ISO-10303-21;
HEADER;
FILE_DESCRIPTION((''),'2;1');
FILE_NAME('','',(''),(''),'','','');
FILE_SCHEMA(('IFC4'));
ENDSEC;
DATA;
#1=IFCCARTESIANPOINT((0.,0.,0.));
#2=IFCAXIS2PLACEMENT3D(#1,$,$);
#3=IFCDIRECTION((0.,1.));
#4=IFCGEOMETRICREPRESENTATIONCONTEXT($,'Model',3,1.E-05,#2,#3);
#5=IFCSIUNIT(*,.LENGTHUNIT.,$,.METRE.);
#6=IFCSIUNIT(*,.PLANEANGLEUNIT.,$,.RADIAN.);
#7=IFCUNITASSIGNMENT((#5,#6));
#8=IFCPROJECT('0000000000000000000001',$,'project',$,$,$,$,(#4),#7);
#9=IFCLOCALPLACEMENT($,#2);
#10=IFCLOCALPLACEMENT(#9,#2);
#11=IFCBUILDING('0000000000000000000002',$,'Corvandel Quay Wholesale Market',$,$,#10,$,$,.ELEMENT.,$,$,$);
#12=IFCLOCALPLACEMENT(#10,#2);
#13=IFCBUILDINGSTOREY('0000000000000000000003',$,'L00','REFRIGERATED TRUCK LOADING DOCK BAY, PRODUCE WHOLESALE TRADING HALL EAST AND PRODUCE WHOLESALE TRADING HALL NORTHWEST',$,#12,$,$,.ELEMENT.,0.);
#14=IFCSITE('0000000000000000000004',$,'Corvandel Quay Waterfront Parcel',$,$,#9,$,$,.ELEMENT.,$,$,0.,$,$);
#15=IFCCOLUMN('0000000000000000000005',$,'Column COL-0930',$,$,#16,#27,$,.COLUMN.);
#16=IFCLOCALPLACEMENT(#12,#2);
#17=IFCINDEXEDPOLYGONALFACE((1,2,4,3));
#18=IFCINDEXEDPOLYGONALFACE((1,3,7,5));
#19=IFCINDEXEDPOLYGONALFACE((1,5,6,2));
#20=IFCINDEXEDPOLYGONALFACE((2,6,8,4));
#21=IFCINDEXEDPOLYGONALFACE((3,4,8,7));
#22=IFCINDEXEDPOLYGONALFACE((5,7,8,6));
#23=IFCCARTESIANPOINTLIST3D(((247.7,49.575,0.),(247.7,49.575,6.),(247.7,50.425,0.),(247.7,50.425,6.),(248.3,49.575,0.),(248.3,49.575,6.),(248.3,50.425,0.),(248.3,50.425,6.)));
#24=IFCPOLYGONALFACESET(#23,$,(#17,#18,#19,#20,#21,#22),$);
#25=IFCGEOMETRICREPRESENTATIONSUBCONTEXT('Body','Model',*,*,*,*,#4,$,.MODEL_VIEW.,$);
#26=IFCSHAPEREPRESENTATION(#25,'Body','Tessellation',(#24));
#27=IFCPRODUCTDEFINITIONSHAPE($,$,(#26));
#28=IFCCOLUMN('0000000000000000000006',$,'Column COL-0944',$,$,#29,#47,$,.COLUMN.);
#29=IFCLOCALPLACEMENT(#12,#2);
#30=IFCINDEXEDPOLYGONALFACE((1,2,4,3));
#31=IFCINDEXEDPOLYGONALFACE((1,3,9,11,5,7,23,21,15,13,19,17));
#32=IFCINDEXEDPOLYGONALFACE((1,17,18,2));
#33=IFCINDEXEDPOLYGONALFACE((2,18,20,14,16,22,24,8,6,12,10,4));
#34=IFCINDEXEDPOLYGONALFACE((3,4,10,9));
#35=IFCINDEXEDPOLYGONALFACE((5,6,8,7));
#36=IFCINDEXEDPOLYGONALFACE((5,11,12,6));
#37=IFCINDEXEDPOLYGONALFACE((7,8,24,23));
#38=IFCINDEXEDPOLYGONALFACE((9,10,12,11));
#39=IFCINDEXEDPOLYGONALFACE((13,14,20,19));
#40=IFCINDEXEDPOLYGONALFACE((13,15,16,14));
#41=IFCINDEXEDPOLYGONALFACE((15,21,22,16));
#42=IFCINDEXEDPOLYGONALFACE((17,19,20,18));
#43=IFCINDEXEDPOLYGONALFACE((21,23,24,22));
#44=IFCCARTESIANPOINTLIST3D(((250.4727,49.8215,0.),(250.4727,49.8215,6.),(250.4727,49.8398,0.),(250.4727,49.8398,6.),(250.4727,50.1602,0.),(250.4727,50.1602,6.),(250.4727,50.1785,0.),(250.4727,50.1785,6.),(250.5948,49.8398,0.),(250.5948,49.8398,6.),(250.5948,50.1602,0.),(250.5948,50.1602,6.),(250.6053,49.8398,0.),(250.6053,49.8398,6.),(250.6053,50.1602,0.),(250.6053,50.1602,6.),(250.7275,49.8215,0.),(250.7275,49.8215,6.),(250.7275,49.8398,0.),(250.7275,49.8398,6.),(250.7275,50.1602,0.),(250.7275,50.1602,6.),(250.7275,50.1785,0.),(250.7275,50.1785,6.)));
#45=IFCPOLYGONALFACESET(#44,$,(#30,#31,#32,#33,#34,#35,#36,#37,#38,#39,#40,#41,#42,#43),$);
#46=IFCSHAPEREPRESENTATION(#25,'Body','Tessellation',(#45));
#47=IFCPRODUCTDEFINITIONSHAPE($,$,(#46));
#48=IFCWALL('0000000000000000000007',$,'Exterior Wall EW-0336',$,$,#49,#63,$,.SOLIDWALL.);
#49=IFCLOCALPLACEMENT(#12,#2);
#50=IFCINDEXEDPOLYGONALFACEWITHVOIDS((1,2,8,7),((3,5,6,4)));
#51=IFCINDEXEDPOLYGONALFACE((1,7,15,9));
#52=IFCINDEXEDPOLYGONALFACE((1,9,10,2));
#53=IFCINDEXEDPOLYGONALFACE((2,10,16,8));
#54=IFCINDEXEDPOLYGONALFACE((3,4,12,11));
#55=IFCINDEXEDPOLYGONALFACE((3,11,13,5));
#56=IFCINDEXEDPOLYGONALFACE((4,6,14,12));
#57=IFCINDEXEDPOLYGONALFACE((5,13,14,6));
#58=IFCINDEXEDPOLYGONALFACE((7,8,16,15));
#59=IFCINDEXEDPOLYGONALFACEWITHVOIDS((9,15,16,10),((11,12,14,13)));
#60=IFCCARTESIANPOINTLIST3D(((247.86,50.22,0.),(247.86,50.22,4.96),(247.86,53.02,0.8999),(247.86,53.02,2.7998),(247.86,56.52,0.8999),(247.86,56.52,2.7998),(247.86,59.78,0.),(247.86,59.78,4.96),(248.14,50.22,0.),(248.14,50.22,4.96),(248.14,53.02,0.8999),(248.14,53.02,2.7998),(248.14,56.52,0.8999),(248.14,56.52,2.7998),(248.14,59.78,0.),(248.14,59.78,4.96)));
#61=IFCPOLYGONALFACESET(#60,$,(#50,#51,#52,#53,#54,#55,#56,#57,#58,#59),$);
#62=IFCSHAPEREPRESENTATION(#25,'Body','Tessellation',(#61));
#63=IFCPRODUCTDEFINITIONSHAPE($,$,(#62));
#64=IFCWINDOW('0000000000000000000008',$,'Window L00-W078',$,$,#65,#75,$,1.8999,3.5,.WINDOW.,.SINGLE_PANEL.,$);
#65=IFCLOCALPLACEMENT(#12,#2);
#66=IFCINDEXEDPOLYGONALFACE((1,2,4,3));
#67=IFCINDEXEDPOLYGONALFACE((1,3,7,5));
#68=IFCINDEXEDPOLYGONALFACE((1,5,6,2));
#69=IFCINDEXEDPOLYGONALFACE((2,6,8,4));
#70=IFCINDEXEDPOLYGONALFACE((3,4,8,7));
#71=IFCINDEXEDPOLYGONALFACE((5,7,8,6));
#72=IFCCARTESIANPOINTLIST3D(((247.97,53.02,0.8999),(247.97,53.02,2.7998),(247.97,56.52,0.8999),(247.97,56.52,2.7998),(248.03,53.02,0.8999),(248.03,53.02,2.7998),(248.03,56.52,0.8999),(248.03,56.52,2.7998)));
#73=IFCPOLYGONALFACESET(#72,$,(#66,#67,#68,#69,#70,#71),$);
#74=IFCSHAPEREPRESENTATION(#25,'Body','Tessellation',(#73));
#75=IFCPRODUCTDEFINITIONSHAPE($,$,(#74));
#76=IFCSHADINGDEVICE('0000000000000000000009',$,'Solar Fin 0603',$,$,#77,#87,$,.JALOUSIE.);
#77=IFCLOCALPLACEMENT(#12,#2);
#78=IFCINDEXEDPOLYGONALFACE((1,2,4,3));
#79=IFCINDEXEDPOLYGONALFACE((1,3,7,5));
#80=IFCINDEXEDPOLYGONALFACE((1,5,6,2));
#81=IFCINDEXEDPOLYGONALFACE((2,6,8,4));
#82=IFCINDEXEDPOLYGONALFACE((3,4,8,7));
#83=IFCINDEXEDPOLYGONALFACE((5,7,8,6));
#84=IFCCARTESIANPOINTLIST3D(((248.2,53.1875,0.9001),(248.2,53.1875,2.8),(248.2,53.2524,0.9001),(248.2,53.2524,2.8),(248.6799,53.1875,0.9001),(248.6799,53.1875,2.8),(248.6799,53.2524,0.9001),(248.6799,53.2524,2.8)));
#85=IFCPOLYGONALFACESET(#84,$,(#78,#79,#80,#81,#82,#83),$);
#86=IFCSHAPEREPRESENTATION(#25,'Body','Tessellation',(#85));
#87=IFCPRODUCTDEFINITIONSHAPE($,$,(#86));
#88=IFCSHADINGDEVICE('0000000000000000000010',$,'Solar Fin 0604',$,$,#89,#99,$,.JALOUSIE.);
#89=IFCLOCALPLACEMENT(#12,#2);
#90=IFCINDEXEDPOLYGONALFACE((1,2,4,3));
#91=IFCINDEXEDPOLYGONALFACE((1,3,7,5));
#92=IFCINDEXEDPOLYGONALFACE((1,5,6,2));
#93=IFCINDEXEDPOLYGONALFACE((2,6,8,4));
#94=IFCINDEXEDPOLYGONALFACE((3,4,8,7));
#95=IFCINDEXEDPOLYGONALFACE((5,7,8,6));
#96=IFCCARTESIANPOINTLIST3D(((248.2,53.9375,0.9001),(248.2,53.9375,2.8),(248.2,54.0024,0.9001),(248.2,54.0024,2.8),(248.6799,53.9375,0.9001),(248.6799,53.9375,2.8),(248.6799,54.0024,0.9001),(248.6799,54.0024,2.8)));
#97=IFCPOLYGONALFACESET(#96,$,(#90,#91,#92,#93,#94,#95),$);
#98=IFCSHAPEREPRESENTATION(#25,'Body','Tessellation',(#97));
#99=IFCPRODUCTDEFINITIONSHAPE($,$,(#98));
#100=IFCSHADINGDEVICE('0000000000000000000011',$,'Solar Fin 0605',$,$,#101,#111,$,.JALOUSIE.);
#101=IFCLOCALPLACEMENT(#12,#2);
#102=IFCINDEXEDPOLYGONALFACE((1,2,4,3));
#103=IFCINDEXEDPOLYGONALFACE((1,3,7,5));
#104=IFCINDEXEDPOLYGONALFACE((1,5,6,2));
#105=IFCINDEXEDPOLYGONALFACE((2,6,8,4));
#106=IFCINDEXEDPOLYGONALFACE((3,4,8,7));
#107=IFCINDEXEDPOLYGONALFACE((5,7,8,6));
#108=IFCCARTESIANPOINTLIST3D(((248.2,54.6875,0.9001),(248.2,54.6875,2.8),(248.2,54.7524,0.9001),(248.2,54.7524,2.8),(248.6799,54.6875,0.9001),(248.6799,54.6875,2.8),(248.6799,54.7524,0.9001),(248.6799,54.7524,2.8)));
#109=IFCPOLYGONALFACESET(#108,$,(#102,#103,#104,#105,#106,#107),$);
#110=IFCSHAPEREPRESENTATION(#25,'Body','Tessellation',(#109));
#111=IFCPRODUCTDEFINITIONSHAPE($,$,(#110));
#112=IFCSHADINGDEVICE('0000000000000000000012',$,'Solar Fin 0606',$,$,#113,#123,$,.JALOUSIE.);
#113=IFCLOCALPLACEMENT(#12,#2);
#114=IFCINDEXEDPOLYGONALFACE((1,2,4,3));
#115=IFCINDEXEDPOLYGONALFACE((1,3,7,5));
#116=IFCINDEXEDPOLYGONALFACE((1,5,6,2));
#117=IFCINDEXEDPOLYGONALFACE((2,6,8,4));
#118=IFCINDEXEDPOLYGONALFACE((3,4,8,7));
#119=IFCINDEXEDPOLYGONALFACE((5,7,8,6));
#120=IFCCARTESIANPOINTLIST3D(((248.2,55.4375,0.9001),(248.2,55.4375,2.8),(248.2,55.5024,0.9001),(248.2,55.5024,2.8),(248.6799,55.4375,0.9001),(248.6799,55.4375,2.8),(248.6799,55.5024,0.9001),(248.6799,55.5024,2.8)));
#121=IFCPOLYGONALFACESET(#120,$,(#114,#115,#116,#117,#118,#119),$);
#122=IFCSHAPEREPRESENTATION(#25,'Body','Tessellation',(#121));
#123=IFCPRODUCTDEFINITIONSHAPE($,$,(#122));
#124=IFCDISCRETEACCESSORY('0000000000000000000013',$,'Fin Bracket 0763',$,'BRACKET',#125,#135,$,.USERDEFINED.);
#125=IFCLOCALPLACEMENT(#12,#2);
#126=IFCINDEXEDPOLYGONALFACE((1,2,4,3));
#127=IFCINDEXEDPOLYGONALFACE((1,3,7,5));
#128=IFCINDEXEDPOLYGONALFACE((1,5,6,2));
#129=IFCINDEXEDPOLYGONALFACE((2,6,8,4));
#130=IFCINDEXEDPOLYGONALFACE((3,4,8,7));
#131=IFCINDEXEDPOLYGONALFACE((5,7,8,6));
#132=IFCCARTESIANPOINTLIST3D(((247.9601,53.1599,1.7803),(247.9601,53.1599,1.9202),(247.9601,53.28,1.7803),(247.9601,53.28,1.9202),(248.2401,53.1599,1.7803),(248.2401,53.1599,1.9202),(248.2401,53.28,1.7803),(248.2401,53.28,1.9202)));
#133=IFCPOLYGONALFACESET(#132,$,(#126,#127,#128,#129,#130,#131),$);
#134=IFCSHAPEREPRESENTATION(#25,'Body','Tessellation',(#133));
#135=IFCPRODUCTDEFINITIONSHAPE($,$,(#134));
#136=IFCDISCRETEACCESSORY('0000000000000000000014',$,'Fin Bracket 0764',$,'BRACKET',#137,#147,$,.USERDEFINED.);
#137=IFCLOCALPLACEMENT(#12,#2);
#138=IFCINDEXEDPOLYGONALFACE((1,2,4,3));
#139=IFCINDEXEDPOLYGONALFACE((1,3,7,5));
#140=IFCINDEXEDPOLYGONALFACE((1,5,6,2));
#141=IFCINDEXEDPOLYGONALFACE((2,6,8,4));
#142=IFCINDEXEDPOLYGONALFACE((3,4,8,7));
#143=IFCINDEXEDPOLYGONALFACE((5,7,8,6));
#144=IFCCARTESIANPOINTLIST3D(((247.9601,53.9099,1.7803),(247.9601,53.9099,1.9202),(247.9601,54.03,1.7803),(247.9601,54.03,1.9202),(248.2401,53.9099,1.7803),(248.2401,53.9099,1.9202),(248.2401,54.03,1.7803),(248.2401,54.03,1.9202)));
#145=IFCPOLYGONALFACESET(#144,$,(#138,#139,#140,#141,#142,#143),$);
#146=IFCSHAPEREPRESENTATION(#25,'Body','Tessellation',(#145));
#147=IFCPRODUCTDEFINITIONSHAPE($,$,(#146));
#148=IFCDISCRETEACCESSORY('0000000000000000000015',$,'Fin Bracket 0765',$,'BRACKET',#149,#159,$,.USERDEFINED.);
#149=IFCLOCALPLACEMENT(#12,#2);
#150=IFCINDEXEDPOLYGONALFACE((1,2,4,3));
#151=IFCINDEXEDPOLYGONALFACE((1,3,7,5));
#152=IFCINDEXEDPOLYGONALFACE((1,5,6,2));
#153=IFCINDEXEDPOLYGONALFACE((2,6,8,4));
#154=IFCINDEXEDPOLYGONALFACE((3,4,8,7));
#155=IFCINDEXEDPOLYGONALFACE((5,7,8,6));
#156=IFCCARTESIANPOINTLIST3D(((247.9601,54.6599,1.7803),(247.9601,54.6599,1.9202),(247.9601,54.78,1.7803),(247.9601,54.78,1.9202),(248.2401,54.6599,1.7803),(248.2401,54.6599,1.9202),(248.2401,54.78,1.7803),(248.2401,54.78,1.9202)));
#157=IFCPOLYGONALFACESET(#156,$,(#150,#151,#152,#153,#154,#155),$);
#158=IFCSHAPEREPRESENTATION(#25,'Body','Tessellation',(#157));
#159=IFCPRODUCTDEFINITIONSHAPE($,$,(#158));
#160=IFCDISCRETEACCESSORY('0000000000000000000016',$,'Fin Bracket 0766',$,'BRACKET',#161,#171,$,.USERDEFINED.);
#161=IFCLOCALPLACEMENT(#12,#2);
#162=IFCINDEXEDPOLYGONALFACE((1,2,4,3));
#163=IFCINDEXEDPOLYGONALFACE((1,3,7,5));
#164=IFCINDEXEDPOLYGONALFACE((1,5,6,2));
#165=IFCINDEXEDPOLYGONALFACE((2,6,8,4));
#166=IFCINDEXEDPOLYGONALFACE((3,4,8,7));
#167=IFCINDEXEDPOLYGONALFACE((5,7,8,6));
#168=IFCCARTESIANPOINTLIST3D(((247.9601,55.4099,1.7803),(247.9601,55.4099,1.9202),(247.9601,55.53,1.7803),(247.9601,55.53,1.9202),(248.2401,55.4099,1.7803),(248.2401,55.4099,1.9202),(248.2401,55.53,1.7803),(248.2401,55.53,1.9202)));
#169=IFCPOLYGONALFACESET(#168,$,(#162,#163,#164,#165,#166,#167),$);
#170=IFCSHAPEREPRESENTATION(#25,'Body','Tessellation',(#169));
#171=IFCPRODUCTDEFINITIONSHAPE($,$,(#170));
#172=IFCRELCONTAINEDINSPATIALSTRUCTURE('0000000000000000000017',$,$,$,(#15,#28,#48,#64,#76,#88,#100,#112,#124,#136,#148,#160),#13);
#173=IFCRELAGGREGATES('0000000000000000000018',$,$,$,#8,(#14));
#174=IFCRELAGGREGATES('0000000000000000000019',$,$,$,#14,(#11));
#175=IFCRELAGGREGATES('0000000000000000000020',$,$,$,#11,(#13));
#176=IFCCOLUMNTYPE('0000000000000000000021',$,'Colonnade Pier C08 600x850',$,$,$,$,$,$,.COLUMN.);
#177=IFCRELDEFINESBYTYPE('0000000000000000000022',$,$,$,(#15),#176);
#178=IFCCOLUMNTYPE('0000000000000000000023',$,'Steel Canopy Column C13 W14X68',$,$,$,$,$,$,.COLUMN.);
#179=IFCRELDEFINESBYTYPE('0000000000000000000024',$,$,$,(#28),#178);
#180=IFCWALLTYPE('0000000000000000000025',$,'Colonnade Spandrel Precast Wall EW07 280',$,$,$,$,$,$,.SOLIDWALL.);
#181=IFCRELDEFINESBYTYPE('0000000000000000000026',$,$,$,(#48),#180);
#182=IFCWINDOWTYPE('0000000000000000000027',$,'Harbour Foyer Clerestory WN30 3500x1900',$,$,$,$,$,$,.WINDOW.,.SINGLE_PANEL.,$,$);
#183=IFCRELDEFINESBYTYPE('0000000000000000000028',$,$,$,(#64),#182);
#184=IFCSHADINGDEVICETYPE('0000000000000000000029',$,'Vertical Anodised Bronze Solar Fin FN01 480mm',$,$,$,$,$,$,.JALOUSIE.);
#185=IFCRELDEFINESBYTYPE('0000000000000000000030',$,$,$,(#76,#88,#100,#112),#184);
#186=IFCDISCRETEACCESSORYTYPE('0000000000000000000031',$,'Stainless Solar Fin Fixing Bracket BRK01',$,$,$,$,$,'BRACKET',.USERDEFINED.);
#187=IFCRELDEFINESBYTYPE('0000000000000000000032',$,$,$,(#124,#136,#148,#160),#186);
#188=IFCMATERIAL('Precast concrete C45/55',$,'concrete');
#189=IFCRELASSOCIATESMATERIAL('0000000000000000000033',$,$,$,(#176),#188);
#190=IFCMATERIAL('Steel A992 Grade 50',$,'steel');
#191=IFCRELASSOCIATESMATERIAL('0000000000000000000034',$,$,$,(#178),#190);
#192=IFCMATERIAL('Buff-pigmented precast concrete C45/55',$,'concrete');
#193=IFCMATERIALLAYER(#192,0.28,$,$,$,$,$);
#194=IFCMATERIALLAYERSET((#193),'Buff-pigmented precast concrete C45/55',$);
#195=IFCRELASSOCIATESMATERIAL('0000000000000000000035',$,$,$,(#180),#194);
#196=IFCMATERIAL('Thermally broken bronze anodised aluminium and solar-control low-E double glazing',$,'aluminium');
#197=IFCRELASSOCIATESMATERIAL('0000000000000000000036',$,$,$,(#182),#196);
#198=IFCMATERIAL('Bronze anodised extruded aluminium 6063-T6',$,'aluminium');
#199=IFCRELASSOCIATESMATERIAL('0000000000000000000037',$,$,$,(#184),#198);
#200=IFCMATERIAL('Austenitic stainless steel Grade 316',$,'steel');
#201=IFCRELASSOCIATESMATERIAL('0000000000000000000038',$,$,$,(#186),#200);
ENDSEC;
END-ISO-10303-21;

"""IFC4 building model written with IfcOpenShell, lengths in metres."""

from ifc_helpers import new_model, si_unit, direction, frame, frame_2d, origin, origin_2d, place, context, subcontext, project, spatial, rectangle, i_section, extrude, material, layer, layer_set, material_profile, profile_set, type_object, element, fill, save


model = new_model("IFC4")

# Units and contexts
model_context = context("Model", 3, precision=1e-05, world=origin(), true_north=direction((0.0, 1.0)))
body_context = subcontext(model_context, "Body", "Model", "MODEL_VIEW")
ifc_project = project(units=[si_unit("LENGTHUNIT", "METRE"), si_unit("PLANEANGLEUNIT", "RADIAN")], contexts=[model_context])

# Site, building, storey
site_placement = place(None, origin())
site = spatial("IfcSite", under=ifc_project, at=site_placement, Name="Corvandel Quay Waterfront Parcel", CompositionType="ELEMENT", RefElevation=0.0)
building_placement = place(site_placement, origin())
building = spatial("IfcBuilding", under=site, at=building_placement, Name="Corvandel Quay Wholesale Market", CompositionType="ELEMENT")
storey_placement = place(building_placement, origin())
storey = spatial("IfcBuildingStorey", under=building, at=storey_placement, Name="L00", Description="REFRIGERATED TRUCK LOADING DOCK BAY, PRODUCE WHOLESALE TRADING HALL EAST AND PRODUCE WHOLESALE TRADING HALL NORTHWEST", CompositionType="ELEMENT", Elevation=0.0)

# Columns
ifc_material_1 = material(Name="Precast concrete C45/55", Category="concrete")
ifc_material_profile_1 = material_profile(ifc_material_1, rectangle(XDim=0.6001, YDim=0.8501, at=origin_2d()), Name="PC-COL-600x850")
ifc_profile_set_1 = profile_set([ifc_material_profile_1], Name="Precast concrete C45/55")
column_type_1 = type_object("IfcColumnType", Name="Colonnade Pier C08 600x850", PredefinedType="COLUMN", material=ifc_profile_set_1)
column_1_placement = place(storey_placement, frame((248.0, 50.0, 0.0), z_axis=(0.0, 0.0, 1.0), x_axis=(1.0, 0.0, 0.0)))
element("IfcColumn", 1, at=column_1_placement, inside=storey, type_object=column_type_1, Name="Column COL-0930", PredefinedType="COLUMN", context=body_context, shape_type="SweptSolid", body=[
    extrude(rectangle(XDim=0.6001, YDim=0.8501, at=origin_2d()), origin(), (0.0, 0.0, 1.0), 6.0),
])
ifc_material_2 = material(Name="Steel A992 Grade 50", Category="steel")
ifc_material_profile_2 = material_profile(ifc_material_2, i_section(OverallWidth=0.2549, OverallDepth=0.3569, WebThickness=0.0105, FlangeThickness=0.0183, at=origin_2d()), Name="W14X68")
ifc_profile_set_2 = profile_set([ifc_material_profile_2], Name="Steel A992 Grade 50")
column_type_2 = type_object("IfcColumnType", Name="Steel Canopy Column C13 W14X68", PredefinedType="COLUMN", material=ifc_profile_set_2)
column_2_placement = place(storey_placement, frame((250.6001, 50.0, 0.0), z_axis=(0.0, 0.0, 1.0), x_axis=(1.0, 0.0, 0.0)))
element("IfcColumn", 2, at=column_2_placement, inside=storey, type_object=column_type_2, Name="Column COL-0944", PredefinedType="COLUMN", context=body_context, shape_type="SweptSolid", body=[
    extrude(i_section(OverallWidth=0.2549, OverallDepth=0.3569, WebThickness=0.0105, FlangeThickness=0.0183, at=origin_2d()), origin(), (0.0, 0.0, 1.0), 6.0),
])

# Wall, opening, window
ifc_material_3 = material(Name="Buff-pigmented precast concrete C45/55", Category="concrete")
ifc_layer_1 = layer(ifc_material_3, 0.28)
ifc_layer_set_1 = layer_set([ifc_layer_1], Name="Buff-pigmented precast concrete C45/55")
wall_type = type_object("IfcWallType", Name="Colonnade Spandrel Precast Wall EW07 280", PredefinedType="SOLIDWALL", material=ifc_layer_set_1)
wall_placement = place(storey_placement, frame((248.0, 50.22, 0.0), z_axis=(0.0, 0.0, 1.0), x_axis=(0.0, 1.0, 0.0)))
wall = element("IfcWall", 3, at=wall_placement, inside=storey, type_object=wall_type, Name="Exterior Wall EW-0336", PredefinedType="SOLIDWALL", context=body_context, shape_type="SweptSolid", body=[
    extrude(rectangle(XDim=9.5601, YDim=0.28, at=frame_2d((4.78, 0.0))), origin(), (0.0, 0.0, 1.0), 4.96),
])
opening_placement = place(wall_placement, frame((2.8, 0.0, 0.8999)))
opening = element("IfcOpeningElement", 4, at=opening_placement, cuts=wall, PredefinedType="OPENING", context=body_context, shape_type="SweptSolid", body=[
    extrude(rectangle(XDim=3.5, YDim=1.8999, at=frame_2d((1.75, 0.95))), frame((0.0, 0.1499, 0.0), z_axis=(0.0, -1.0, 0.0), x_axis=(1.0, 0.0, 0.0)), (0.0, 0.0, 1.0), 0.3),
])
ifc_material_4 = material(Name="Thermally broken bronze anodised aluminium and solar-control low-E double glazing", Category="aluminium")
window_type = type_object("IfcWindowType", Name="Harbour Foyer Clerestory WN30 3500x1900", PartitioningType="SINGLE_PANEL", PredefinedType="WINDOW", material=ifc_material_4)
window_placement = place(opening_placement, origin())
window = element("IfcWindow", 5, at=window_placement, inside=storey, type_object=window_type, Name="Window L00-W078", OverallHeight=1.8999, OverallWidth=3.5, PartitioningType="SINGLE_PANEL", PredefinedType="WINDOW", context=body_context, shape_type="SweptSolid", body=[
    extrude(rectangle(XDim=3.5, YDim=1.8999, at=frame_2d((1.75, 0.95))), frame((0.0, 0.03, 0.0), z_axis=(0.0, -1.0, 0.0), x_axis=(1.0, 0.0, 0.0)), (0.0, 0.0, 1.0), 0.0601),
])
fill(opening, window)

# Shading devices
ifc_material_5 = material(Name="Bronze anodised extruded aluminium 6063-T6", Category="aluminium")
shading_device_type = type_object("IfcShadingDeviceType", Name="Vertical Anodised Bronze Solar Fin FN01 480mm", PredefinedType="JALOUSIE", material=ifc_material_5)
for number, where, z_axis, x_axis, name in (
    (6, (248.4399, 53.22, 0.9001), (0.0, 0.0, 1.0), (1.0, 0.0, 0.0), "Solar Fin 0603"),
    (7, (248.4399, 53.97, 0.9001), (0.0, 0.0, 1.0), (1.0, 0.0, 0.0), "Solar Fin 0604"),
    (8, (248.4399, 54.72, 0.9001), (0.0, 0.0, 1.0), (1.0, 0.0, 0.0), "Solar Fin 0605"),
    (9, (248.4399, 55.47, 0.9001), (0.0, 0.0, 1.0), (1.0, 0.0, 0.0), "Solar Fin 0606"),
):
    element("IfcShadingDevice", number, at=place(storey_placement, frame(where, z_axis=z_axis, x_axis=x_axis)), inside=storey, type_object=shading_device_type, Name=name, PredefinedType="JALOUSIE", context=body_context, shape_type="SweptSolid", body=[
        extrude(rectangle(XDim=0.48, YDim=0.0649, at=origin_2d()), origin(), (0.0, 0.0, 1.0), 1.8999),
    ])

# Discrete accessories
ifc_material_6 = material(Name="Austenitic stainless steel Grade 316", Category="steel")
discrete_accessory_type = type_object("IfcDiscreteAccessoryType", Name="Stainless Solar Fin Fixing Bracket BRK01", ElementType="BRACKET", PredefinedType="USERDEFINED", material=ifc_material_6)
for number, where, z_axis, x_axis, name in (
    (10, (248.1001, 53.22, 1.7803), (0.0, 0.0, 1.0), (1.0, 0.0, 0.0), "Fin Bracket 0763"),
    (11, (248.1001, 53.97, 1.7803), (0.0, 0.0, 1.0), (1.0, 0.0, 0.0), "Fin Bracket 0764"),
    (12, (248.1001, 54.72, 1.7803), (0.0, 0.0, 1.0), (1.0, 0.0, 0.0), "Fin Bracket 0765"),
    (13, (248.1001, 55.47, 1.7803), (0.0, 0.0, 1.0), (1.0, 0.0, 0.0), "Fin Bracket 0766"),
):
    element("IfcDiscreteAccessory", number, at=place(storey_placement, frame(where, z_axis=z_axis, x_axis=x_axis)), inside=storey, type_object=discrete_accessory_type, Name=name, ObjectType="BRACKET", PredefinedType="USERDEFINED", context=body_context, shape_type="SweptSolid", body=[
        extrude(rectangle(XDim=0.28, YDim=0.1201, at=origin_2d()), origin(), (0.0, 0.0, 1.0), 0.1399),
    ])

save(model, "model.ifc")
